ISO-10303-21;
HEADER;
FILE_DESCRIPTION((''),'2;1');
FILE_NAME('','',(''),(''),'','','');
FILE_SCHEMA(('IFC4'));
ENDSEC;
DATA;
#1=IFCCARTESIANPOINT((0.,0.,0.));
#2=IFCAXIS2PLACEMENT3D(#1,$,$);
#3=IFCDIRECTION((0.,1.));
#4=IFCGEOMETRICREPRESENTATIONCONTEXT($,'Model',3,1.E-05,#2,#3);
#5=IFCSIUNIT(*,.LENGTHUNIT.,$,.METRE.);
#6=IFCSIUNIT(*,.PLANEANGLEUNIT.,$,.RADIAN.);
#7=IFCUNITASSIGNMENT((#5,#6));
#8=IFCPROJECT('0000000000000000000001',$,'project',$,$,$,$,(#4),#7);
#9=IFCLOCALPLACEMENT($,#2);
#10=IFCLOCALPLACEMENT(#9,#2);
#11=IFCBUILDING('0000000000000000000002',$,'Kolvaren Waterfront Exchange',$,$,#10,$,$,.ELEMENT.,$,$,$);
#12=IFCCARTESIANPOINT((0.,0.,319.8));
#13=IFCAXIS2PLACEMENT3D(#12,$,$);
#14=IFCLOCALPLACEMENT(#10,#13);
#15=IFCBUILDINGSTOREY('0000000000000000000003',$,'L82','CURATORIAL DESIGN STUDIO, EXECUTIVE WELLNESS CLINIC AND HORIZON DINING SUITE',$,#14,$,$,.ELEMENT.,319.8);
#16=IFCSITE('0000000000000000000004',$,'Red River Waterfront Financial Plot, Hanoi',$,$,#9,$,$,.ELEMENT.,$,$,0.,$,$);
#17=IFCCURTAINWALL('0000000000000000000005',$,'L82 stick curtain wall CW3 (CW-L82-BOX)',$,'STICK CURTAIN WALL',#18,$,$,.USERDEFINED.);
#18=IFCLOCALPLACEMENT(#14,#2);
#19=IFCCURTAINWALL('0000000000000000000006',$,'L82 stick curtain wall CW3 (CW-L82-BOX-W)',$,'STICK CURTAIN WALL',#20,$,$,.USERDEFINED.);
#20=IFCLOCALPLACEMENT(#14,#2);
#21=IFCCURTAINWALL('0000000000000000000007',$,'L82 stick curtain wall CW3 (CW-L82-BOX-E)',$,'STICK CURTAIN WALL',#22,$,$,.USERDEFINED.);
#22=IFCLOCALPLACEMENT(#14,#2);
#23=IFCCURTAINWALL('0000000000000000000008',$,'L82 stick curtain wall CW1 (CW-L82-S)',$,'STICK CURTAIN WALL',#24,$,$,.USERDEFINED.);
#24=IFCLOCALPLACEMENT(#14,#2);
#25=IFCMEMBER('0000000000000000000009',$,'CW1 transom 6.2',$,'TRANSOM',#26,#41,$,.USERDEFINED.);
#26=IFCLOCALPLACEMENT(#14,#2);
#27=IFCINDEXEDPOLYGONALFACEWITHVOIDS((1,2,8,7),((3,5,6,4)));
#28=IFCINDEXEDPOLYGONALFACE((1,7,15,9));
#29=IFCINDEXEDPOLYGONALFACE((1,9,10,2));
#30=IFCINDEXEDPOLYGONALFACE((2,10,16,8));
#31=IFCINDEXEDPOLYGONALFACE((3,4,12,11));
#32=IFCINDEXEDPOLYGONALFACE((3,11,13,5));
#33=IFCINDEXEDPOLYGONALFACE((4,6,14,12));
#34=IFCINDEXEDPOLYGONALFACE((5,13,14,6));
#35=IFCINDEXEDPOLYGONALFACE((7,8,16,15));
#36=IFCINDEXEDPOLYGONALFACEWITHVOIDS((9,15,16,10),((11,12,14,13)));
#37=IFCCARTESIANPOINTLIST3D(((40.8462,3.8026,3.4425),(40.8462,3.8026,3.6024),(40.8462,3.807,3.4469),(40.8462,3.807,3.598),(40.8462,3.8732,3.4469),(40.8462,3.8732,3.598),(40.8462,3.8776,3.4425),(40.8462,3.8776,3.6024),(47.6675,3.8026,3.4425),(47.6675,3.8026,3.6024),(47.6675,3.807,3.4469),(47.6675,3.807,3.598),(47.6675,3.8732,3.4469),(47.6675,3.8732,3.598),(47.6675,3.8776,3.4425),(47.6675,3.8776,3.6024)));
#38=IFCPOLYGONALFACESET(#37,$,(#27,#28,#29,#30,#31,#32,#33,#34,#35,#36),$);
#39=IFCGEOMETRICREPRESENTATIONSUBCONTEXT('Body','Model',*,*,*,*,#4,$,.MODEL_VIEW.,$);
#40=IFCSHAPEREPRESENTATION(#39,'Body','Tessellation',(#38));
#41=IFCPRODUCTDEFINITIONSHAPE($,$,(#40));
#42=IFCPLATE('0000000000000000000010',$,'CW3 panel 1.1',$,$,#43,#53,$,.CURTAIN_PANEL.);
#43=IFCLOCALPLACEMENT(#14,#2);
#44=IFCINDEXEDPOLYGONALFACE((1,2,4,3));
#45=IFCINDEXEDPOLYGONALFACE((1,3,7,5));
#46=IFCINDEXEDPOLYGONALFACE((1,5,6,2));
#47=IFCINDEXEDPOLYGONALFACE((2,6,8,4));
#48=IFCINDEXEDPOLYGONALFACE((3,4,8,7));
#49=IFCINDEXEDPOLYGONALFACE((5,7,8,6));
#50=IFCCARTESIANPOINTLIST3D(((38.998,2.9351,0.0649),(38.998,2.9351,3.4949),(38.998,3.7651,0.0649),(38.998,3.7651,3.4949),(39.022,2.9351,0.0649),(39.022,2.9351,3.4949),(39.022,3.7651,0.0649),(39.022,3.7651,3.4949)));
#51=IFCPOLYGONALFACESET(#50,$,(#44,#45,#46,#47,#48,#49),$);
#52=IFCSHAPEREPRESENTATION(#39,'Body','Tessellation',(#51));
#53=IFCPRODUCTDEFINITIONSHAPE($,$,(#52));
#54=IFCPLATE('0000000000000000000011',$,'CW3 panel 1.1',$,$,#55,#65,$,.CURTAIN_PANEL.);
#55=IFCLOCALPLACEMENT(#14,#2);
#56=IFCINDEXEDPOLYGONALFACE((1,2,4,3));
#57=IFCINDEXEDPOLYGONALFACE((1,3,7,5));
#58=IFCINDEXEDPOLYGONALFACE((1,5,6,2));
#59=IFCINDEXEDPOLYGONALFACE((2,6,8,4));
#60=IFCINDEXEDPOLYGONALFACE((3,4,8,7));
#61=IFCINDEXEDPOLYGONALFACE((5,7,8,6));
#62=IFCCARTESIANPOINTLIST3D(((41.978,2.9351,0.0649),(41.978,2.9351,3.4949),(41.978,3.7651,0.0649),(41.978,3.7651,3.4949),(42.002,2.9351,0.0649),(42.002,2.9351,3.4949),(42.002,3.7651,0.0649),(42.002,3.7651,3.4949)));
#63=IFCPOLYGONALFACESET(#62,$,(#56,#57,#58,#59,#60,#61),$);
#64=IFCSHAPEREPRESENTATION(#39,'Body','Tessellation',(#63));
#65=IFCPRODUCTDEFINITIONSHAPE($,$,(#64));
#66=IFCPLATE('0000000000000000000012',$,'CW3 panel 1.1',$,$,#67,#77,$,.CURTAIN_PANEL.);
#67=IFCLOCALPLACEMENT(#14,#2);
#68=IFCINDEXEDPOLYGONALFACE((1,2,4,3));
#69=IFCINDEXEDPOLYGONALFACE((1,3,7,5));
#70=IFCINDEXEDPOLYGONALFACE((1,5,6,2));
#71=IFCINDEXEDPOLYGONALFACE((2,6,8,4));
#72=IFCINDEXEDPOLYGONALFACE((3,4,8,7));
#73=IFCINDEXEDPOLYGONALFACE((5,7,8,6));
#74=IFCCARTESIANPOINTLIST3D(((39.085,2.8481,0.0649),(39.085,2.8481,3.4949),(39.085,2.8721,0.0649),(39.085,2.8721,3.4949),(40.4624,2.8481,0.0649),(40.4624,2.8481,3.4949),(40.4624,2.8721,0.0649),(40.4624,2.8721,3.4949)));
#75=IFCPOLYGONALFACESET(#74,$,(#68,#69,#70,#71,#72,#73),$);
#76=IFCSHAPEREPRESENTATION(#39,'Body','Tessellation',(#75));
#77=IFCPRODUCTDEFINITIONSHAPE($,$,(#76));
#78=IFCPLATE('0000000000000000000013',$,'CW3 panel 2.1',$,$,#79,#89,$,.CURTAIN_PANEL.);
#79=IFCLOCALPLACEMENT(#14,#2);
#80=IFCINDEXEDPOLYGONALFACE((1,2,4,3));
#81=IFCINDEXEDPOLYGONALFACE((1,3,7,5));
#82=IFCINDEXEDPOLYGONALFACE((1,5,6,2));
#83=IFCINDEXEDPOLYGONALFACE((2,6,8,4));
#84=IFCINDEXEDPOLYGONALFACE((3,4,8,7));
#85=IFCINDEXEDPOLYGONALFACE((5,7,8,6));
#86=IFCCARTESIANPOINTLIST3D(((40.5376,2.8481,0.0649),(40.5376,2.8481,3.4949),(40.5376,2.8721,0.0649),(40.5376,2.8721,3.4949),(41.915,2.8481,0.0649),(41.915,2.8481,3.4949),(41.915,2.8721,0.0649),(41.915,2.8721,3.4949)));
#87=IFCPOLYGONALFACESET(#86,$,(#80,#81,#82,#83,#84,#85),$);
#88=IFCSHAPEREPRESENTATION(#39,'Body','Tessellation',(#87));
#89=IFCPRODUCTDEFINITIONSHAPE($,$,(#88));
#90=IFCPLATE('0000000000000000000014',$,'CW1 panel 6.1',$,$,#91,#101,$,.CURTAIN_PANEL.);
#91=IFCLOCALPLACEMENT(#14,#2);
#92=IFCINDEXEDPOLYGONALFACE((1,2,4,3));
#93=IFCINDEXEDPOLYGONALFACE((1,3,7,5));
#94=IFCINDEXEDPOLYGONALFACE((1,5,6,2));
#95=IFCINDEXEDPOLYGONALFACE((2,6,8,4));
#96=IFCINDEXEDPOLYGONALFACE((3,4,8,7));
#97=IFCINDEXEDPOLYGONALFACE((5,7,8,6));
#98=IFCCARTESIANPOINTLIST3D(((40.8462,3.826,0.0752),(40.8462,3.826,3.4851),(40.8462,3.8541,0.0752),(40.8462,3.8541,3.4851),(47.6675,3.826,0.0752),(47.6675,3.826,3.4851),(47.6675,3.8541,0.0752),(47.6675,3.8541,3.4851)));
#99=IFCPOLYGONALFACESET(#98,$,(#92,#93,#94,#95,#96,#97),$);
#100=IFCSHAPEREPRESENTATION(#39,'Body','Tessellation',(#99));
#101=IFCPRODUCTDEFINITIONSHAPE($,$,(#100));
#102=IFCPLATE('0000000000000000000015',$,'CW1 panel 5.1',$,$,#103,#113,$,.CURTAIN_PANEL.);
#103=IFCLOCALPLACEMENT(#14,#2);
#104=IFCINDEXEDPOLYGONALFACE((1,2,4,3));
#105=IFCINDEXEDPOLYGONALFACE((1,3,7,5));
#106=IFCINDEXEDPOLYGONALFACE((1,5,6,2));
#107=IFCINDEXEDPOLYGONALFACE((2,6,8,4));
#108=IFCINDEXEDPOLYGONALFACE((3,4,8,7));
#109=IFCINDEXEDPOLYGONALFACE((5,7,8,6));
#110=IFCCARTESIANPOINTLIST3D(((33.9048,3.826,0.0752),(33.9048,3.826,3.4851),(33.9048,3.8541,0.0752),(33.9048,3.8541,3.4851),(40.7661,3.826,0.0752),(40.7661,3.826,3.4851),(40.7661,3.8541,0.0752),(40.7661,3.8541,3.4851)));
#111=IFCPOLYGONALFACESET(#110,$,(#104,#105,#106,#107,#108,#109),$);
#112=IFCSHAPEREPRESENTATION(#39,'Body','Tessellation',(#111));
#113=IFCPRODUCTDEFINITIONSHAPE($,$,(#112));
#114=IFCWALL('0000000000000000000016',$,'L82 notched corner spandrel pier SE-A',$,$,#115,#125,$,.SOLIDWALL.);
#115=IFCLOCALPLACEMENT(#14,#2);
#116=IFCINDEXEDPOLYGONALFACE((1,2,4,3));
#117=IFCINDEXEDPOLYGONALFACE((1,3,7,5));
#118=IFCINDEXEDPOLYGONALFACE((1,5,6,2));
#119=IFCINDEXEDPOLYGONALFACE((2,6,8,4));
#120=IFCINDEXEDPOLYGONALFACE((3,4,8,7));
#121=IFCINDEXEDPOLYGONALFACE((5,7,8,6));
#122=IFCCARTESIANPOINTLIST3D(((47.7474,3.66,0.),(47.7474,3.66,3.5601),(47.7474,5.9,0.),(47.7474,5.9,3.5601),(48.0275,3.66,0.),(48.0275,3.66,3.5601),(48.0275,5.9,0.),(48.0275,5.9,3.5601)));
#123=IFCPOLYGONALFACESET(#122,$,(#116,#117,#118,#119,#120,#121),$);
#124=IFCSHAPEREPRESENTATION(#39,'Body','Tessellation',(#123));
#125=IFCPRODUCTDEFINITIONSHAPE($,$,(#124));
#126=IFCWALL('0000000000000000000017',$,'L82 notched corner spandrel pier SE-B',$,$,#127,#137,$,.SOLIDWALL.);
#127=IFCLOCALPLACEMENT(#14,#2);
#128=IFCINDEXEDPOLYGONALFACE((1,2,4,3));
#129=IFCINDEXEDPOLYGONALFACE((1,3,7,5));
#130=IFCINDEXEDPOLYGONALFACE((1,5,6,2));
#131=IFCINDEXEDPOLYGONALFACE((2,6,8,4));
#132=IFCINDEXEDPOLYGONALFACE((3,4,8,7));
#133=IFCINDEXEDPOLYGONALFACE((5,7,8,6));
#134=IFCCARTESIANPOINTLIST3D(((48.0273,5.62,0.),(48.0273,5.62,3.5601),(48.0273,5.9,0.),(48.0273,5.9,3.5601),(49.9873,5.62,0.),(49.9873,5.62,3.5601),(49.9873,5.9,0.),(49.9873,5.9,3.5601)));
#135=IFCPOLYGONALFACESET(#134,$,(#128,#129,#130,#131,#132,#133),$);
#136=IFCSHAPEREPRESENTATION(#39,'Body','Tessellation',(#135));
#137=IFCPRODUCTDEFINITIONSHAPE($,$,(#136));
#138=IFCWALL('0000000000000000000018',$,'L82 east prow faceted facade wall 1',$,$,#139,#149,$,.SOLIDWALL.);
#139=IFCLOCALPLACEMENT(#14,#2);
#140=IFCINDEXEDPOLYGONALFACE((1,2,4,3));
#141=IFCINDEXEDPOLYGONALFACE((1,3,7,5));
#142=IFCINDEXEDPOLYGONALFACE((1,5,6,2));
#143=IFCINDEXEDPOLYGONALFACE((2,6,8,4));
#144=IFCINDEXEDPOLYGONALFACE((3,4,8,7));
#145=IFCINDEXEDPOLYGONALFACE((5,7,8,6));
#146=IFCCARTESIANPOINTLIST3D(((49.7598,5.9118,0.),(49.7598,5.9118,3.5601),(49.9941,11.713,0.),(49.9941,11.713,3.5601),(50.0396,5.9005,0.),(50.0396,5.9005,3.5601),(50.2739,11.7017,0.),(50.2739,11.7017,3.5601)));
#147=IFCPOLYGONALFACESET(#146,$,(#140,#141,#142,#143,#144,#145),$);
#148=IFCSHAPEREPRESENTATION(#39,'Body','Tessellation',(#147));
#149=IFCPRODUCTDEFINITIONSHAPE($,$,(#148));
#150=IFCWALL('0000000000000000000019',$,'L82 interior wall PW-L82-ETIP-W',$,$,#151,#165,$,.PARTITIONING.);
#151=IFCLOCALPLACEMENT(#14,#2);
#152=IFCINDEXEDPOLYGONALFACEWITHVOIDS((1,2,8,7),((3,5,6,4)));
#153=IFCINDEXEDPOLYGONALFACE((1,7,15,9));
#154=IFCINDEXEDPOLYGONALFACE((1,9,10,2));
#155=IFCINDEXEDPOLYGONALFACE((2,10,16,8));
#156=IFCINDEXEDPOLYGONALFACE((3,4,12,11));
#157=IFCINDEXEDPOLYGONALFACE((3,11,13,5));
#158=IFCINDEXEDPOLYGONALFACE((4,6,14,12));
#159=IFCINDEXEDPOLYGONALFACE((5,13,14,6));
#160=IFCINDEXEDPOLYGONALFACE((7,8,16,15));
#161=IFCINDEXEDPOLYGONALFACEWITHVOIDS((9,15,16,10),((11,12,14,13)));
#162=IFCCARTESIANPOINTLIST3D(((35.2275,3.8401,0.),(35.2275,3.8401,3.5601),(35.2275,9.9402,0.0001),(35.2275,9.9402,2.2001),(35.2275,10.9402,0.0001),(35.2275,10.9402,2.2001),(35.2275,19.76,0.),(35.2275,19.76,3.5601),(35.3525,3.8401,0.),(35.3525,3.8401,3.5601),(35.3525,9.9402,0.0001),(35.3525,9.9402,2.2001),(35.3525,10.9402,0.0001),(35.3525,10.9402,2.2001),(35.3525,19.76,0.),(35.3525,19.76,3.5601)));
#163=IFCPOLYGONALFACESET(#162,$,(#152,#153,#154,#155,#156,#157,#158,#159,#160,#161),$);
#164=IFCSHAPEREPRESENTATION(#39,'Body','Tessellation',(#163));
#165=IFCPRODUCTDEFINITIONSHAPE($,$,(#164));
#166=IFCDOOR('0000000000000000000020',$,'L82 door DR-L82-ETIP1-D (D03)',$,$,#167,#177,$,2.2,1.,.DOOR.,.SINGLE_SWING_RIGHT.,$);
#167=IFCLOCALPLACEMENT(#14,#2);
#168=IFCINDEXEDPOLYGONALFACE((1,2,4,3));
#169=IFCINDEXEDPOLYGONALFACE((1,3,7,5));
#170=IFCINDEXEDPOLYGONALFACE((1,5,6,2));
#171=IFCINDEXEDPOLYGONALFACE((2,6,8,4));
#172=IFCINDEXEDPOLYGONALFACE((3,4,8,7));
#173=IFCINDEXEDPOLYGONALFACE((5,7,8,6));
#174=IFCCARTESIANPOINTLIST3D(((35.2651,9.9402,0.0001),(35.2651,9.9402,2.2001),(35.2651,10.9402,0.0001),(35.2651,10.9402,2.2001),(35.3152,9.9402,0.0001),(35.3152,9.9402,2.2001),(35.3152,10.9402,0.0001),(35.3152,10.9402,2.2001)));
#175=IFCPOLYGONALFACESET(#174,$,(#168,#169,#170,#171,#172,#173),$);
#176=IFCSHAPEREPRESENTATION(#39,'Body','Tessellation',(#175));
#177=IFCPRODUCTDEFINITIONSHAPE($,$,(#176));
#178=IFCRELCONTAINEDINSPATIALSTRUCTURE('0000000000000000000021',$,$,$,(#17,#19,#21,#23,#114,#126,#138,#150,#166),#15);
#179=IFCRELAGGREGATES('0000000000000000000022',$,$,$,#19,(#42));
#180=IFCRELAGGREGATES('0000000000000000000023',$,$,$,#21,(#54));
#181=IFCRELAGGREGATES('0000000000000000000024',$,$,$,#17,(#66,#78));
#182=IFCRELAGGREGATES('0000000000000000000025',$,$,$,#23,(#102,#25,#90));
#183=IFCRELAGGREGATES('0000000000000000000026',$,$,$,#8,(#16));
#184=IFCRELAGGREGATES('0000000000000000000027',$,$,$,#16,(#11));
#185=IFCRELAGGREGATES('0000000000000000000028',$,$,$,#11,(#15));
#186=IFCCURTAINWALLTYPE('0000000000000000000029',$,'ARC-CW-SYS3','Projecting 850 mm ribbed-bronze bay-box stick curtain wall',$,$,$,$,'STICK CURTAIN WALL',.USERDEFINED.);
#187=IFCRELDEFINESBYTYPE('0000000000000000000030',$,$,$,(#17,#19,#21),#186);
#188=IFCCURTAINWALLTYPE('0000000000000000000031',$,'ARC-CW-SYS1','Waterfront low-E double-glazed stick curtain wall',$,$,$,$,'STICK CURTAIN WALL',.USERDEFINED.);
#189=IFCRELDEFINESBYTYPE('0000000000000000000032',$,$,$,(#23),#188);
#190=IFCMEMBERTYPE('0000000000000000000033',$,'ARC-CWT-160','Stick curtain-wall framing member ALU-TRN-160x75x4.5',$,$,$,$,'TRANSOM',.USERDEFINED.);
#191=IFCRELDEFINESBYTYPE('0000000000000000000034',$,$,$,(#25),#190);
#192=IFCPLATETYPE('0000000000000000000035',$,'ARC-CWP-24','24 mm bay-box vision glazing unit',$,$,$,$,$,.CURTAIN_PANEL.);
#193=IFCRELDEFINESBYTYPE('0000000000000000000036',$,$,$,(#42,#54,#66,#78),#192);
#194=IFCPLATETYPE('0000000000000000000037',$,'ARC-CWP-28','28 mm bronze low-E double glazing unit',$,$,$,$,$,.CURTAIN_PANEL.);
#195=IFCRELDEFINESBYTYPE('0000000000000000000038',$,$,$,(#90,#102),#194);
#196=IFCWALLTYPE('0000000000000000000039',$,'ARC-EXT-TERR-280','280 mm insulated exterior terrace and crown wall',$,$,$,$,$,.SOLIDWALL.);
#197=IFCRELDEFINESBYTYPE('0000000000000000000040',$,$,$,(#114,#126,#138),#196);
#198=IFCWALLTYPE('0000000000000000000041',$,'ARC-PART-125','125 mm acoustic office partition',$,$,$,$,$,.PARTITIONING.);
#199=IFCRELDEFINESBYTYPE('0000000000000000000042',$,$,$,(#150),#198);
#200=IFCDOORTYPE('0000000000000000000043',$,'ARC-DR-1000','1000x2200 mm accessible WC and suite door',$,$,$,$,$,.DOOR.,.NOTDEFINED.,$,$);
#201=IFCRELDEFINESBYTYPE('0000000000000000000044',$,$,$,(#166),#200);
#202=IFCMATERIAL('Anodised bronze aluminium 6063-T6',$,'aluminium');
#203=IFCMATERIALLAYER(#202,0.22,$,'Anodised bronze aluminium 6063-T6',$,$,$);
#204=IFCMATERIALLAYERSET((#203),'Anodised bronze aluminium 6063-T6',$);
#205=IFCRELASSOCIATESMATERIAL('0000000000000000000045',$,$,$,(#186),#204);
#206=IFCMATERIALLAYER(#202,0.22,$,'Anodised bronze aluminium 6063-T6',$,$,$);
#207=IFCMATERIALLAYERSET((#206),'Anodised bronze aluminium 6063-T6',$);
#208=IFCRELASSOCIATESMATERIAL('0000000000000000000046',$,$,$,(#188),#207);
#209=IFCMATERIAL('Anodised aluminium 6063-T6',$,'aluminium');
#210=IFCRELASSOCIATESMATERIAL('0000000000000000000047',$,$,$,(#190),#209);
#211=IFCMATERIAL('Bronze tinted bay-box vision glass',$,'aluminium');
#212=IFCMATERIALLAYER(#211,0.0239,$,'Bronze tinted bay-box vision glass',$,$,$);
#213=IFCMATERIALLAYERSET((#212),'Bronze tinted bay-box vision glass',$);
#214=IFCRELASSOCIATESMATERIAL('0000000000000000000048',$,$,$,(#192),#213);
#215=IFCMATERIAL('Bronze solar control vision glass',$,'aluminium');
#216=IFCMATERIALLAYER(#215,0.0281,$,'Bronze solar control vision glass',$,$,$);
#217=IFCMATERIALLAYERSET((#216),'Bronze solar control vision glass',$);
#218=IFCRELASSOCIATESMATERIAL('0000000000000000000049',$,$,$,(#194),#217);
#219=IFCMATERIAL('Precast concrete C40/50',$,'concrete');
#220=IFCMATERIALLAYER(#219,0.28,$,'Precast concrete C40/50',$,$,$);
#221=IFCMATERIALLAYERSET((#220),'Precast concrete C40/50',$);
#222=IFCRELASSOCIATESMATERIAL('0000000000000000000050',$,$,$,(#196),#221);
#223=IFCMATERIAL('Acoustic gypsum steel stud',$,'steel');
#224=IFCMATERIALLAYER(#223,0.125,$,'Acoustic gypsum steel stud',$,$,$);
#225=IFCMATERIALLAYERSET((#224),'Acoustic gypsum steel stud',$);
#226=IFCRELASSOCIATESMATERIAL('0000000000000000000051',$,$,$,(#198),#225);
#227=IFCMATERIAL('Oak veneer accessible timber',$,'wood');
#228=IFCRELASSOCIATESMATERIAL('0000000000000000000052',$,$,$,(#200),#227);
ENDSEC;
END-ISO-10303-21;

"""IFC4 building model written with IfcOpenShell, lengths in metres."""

from ifc_helpers import new_model, si_unit, direction, frame, frame_2d, origin, origin_with_axes, origin_2d, place, context, subcontext, project, spatial, rectangle, hollow_rectangle, extrude, source, transform, mapped, material, layer, layer_set, material_profile, profile_set, type_object, element, fill, aggregate, save


model = new_model("IFC4")

# Units and contexts
model_context = context("Model", 3, precision=1e-05, world=origin(), true_north=direction((0.0, 1.0)))
body_context = subcontext(model_context, "Body", "Model", "MODEL_VIEW")
ifc_project = project(units=[si_unit("LENGTHUNIT", "METRE"), si_unit("PLANEANGLEUNIT", "RADIAN")], contexts=[model_context])

# Site, building, storey
site_placement = place(None, origin())
site = spatial("IfcSite", under=ifc_project, at=site_placement, Name="Red River Waterfront Financial Plot, Hanoi", CompositionType="ELEMENT", RefElevation=0.0)
building_placement = place(site_placement, origin())
building = spatial("IfcBuilding", under=site, at=building_placement, Name="Kolvaren Waterfront Exchange", CompositionType="ELEMENT")
storey_placement = place(building_placement, frame((0.0, 0.0, 319.8)))
storey = spatial("IfcBuildingStorey", under=building, at=storey_placement, Name="L82", Description="CURATORIAL DESIGN STUDIO, EXECUTIVE WELLNESS CLINIC AND HORIZON DINING SUITE", CompositionType="ELEMENT", Elevation=319.8)

# Curtain walls
ifc_material_1 = material(Name="Anodised bronze aluminium 6063-T6", Category="aluminium")
ifc_layer_1 = layer(ifc_material_1, 0.22, Name="Anodised bronze aluminium 6063-T6")
ifc_layer_set_1 = layer_set([ifc_layer_1], Name="Anodised bronze aluminium 6063-T6")
curtain_wall_type_1 = type_object("IfcCurtainWallType", Name="ARC-CW-SYS3", Description="Projecting 850 mm ribbed-bronze bay-box stick curtain wall", ElementType="STICK CURTAIN WALL", PredefinedType="USERDEFINED", material=ifc_layer_set_1)
curtain_wall_1_placement = place(storey_placement, origin())
curtain_wall_1 = element("IfcCurtainWall", 1, at=curtain_wall_1_placement, inside=storey, type_object=curtain_wall_type_1, Name="L82 stick curtain wall CW3 (CW-L82-BOX)", ObjectType="STICK CURTAIN WALL", PredefinedType="USERDEFINED")
curtain_wall_2_placement = place(storey_placement, origin())
curtain_wall_2 = element("IfcCurtainWall", 2, at=curtain_wall_2_placement, inside=storey, type_object=curtain_wall_type_1, Name="L82 stick curtain wall CW3 (CW-L82-BOX-W)", ObjectType="STICK CURTAIN WALL", PredefinedType="USERDEFINED")
curtain_wall_3_placement = place(storey_placement, origin())
curtain_wall_3 = element("IfcCurtainWall", 3, at=curtain_wall_3_placement, inside=storey, type_object=curtain_wall_type_1, Name="L82 stick curtain wall CW3 (CW-L82-BOX-E)", ObjectType="STICK CURTAIN WALL", PredefinedType="USERDEFINED")

# Curtain wall, member
ifc_layer_2 = layer(ifc_material_1, 0.22, Name="Anodised bronze aluminium 6063-T6")
ifc_layer_set_2 = layer_set([ifc_layer_2], Name="Anodised bronze aluminium 6063-T6")
curtain_wall_type_2 = type_object("IfcCurtainWallType", Name="ARC-CW-SYS1", Description="Waterfront low-E double-glazed stick curtain wall", ElementType="STICK CURTAIN WALL", PredefinedType="USERDEFINED", material=ifc_layer_set_2)
curtain_wall_4_placement = place(storey_placement, origin())
curtain_wall_4 = element("IfcCurtainWall", 4, at=curtain_wall_4_placement, inside=storey, type_object=curtain_wall_type_2, Name="L82 stick curtain wall CW1 (CW-L82-S)", ObjectType="STICK CURTAIN WALL", PredefinedType="USERDEFINED")
ifc_material_2 = material(Name="Anodised aluminium 6063-T6", Category="aluminium")
ifc_material_profile_1 = material_profile(ifc_material_2, hollow_rectangle(XDim=0.075, YDim=0.1599, WallThickness=0.0044, at=origin_2d()), Name="ALU-TRN-160x75x4.5")
ifc_profile_set_1 = profile_set([ifc_material_profile_1], Name="Anodised aluminium 6063-T6")
member_type_1 = type_object("IfcMemberType", Name="ARC-CWT-160", Description="Stick curtain-wall framing member ALU-TRN-160x75x4.5", ElementType="TRANSOM", PredefinedType="USERDEFINED", material=ifc_profile_set_1)
shared_shape_1 = source(origin_with_axes(), body_context, "Body", "SweptSolid", [
    extrude(hollow_rectangle(XDim=0.075, YDim=0.1599, WallThickness=0.0044, at=origin_2d()), origin(), (0.0, 0.0, 1.0), 6.8213),
])
member_1_placement = place(storey_placement, frame((40.8462, 3.8401, 3.5225), z_axis=(1.0, 0.0, 0.0), x_axis=(0.0, 1.0, 0.0)))
member_1 = element("IfcMember", 5, at=member_1_placement, type_object=member_type_1, Name="CW1 transom 6.2", ObjectType="TRANSOM", PredefinedType="USERDEFINED", context=body_context, shape_type="MappedRepresentation", body=[
    mapped(shared_shape_1, transform((0.0, 0.0, 0.0), x_axis=(1.0, 0.0, 0.0), y_axis=(0.0, 1.0, 0.0), z_axis=(0.0, 0.0, 1.0), scale=1.0)),
])

# Plates
ifc_material_3 = material(Name="Bronze tinted bay-box vision glass", Category="aluminium")
ifc_layer_3 = layer(ifc_material_3, 0.0239, Name="Bronze tinted bay-box vision glass")
ifc_layer_set_3 = layer_set([ifc_layer_3], Name="Bronze tinted bay-box vision glass")
plate_type_1 = type_object("IfcPlateType", Name="ARC-CWP-24", Description="24 mm bay-box vision glazing unit", PredefinedType="CURTAIN_PANEL", material=ifc_layer_set_3)
shared_shape_2 = source(origin_with_axes(), body_context, "Body", "SweptSolid", [
    extrude(rectangle(XDim=0.8301, YDim=0.0239, at=origin_2d()), origin(), (0.0, 0.0, 1.0), 3.4299),
])
plate_1_placement = place(storey_placement, frame((39.01, 3.3501, 0.0649), z_axis=(0.0, 0.0, 1.0), x_axis=(0.0, -1.0, 0.0)))
plate_1 = element("IfcPlate", 6, at=plate_1_placement, type_object=plate_type_1, Name="CW3 panel 1.1", PredefinedType="CURTAIN_PANEL", context=body_context, shape_type="MappedRepresentation", body=[
    mapped(shared_shape_2, transform((0.0, 0.0, 0.0), x_axis=(1.0, 0.0, 0.0), y_axis=(0.0, 1.0, 0.0), z_axis=(0.0, 0.0, 1.0), scale=1.0)),
])
aggregate(curtain_wall_2, [plate_1])
plate_2_placement = place(storey_placement, frame((41.99, 3.3501, 0.0649), z_axis=(0.0, 0.0, 1.0), x_axis=(0.0, 1.0, 0.0)))
plate_2 = element("IfcPlate", 7, at=plate_2_placement, type_object=plate_type_1, Name="CW3 panel 1.1", PredefinedType="CURTAIN_PANEL", context=body_context, shape_type="MappedRepresentation", body=[
    mapped(shared_shape_2, transform((0.0, 0.0, 0.0), x_axis=(1.0, 0.0, 0.0), y_axis=(0.0, 1.0, 0.0), z_axis=(0.0, 0.0, 1.0), scale=1.0)),
])
aggregate(curtain_wall_3, [plate_2])
shared_shape_3 = source(origin_with_axes(), body_context, "Body", "SweptSolid", [
    extrude(rectangle(XDim=1.3774, YDim=0.0239, at=origin_2d()), origin(), (0.0, 0.0, 1.0), 3.4299),
])
plate_3_placement = place(storey_placement, frame((39.7737, 2.8601, 0.0649), z_axis=(0.0, 0.0, 1.0), x_axis=(1.0, 0.0, 0.0)))
plate_3 = element("IfcPlate", 8, at=plate_3_placement, type_object=plate_type_1, Name="CW3 panel 1.1", PredefinedType="CURTAIN_PANEL", context=body_context, shape_type="MappedRepresentation", body=[
    mapped(shared_shape_3, transform((0.0, 0.0, 0.0), x_axis=(1.0, 0.0, 0.0), y_axis=(0.0, 1.0, 0.0), z_axis=(0.0, 0.0, 1.0), scale=1.0)),
])
plate_4_placement = place(storey_placement, frame((41.2263, 2.8601, 0.0649), z_axis=(0.0, 0.0, 1.0), x_axis=(1.0, 0.0, 0.0)))
plate_4 = element("IfcPlate", 9, at=plate_4_placement, type_object=plate_type_1, Name="CW3 panel 2.1", PredefinedType="CURTAIN_PANEL", context=body_context, shape_type="MappedRepresentation", body=[
    mapped(shared_shape_3, transform((0.0, 0.0, 0.0), x_axis=(1.0, 0.0, 0.0), y_axis=(0.0, 1.0, 0.0), z_axis=(0.0, 0.0, 1.0), scale=1.0)),
])
aggregate(curtain_wall_1, [plate_3, plate_4])
ifc_material_4 = material(Name="Bronze solar control vision glass", Category="aluminium")
ifc_layer_4 = layer(ifc_material_4, 0.0281, Name="Bronze solar control vision glass")
ifc_layer_set_4 = layer_set([ifc_layer_4], Name="Bronze solar control vision glass")
plate_type_2 = type_object("IfcPlateType", Name="ARC-CWP-28", Description="28 mm bronze low-E double glazing unit", PredefinedType="CURTAIN_PANEL", material=ifc_layer_set_4)
shared_shape_4 = source(origin_with_axes(), body_context, "Body", "SweptSolid", [
    extrude(rectangle(XDim=6.8213, YDim=0.0281, at=origin_2d()), origin(), (0.0, 0.0, 1.0), 3.4099),
])
plate_5_placement = place(storey_placement, frame((44.2568, 3.8401, 0.0752), z_axis=(0.0, 0.0, 1.0), x_axis=(1.0, 0.0, 0.0)))
plate_5 = element("IfcPlate", 10, at=plate_5_placement, type_object=plate_type_2, Name="CW1 panel 6.1", PredefinedType="CURTAIN_PANEL", context=body_context, shape_type="MappedRepresentation", body=[
    mapped(shared_shape_4, transform((0.0, 0.0, 0.0), x_axis=(1.0, 0.0, 0.0), y_axis=(0.0, 1.0, 0.0), z_axis=(0.0, 0.0, 1.0), scale=1.0)),
])
shared_shape_5 = source(origin_with_axes(), body_context, "Body", "SweptSolid", [
    extrude(rectangle(XDim=6.8613, YDim=0.0281, at=origin_2d()), origin(), (0.0, 0.0, 1.0), 3.4099),
])
plate_6_placement = place(storey_placement, frame((37.3354, 3.8401, 0.0752), z_axis=(0.0, 0.0, 1.0), x_axis=(1.0, 0.0, 0.0)))
plate_6 = element("IfcPlate", 11, at=plate_6_placement, type_object=plate_type_2, Name="CW1 panel 5.1", PredefinedType="CURTAIN_PANEL", context=body_context, shape_type="MappedRepresentation", body=[
    mapped(shared_shape_5, transform((0.0, 0.0, 0.0), x_axis=(1.0, 0.0, 0.0), y_axis=(0.0, 1.0, 0.0), z_axis=(0.0, 0.0, 1.0), scale=1.0)),
])
aggregate(curtain_wall_4, [plate_6, member_1, plate_5])

# Walls
ifc_material_5 = material(Name="Precast concrete C40/50", Category="concrete")
ifc_layer_5 = layer(ifc_material_5, 0.28, Name="Precast concrete C40/50")
ifc_layer_set_5 = layer_set([ifc_layer_5], Name="Precast concrete C40/50")
wall_type_1 = type_object("IfcWallType", Name="ARC-EXT-TERR-280", Description="280 mm insulated exterior terrace and crown wall", PredefinedType="SOLIDWALL", material=ifc_layer_set_5)
wall_1_placement = place(storey_placement, frame((47.8875, 3.6599, 0.0), z_axis=(0.0, 0.0, 1.0), x_axis=(0.0, 1.0, 0.0)))
element("IfcWall", 12, at=wall_1_placement, inside=storey, type_object=wall_type_1, Name="L82 notched corner spandrel pier SE-A", PredefinedType="SOLIDWALL", context=body_context, shape_type="SweptSolid", body=[
    extrude(rectangle(XDim=2.24, YDim=0.28, at=frame_2d((1.1201, 0.0))), origin(), (0.0, 0.0, 1.0), 3.5601),
])
wall_2_placement = place(storey_placement, frame((48.0273, 5.76, 0.0), z_axis=(0.0, 0.0, 1.0), x_axis=(1.0, 0.0, 0.0)))
element("IfcWall", 13, at=wall_2_placement, inside=storey, type_object=wall_type_1, Name="L82 notched corner spandrel pier SE-B", PredefinedType="SOLIDWALL", context=body_context, shape_type="SweptSolid", body=[
    extrude(rectangle(XDim=1.96, YDim=0.28, at=frame_2d((0.98, 0.0))), origin(), (0.0, 0.0, 1.0), 3.5601),
])
wall_3_placement = place(storey_placement, frame((49.8997, 5.9062, 0.0), z_axis=(0.0, 0.0, 1.0), x_axis=(0.040368, 0.999185, 0.0)))
element("IfcWall", 14, at=wall_3_placement, inside=storey, type_object=wall_type_1, Name="L82 east prow faceted facade wall 1", PredefinedType="SOLIDWALL", context=body_context, shape_type="SweptSolid", body=[
    extrude(rectangle(XDim=5.8059, YDim=0.28, at=frame_2d((2.9028, 0.0))), origin(), (0.0, 0.0, 1.0), 3.5601),
])

# Wall, opening, door
ifc_material_6 = material(Name="Acoustic gypsum steel stud", Category="steel")
ifc_layer_6 = layer(ifc_material_6, 0.125, Name="Acoustic gypsum steel stud")
ifc_layer_set_6 = layer_set([ifc_layer_6], Name="Acoustic gypsum steel stud")
wall_type_2 = type_object("IfcWallType", Name="ARC-PART-125", Description="125 mm acoustic office partition", PredefinedType="PARTITIONING", material=ifc_layer_set_6)
wall_4_placement = place(storey_placement, frame((35.29, 3.8401, 0.0), z_axis=(0.0, 0.0, 1.0), x_axis=(0.0, 1.0, 0.0)))
wall_4 = element("IfcWall", 15, at=wall_4_placement, inside=storey, type_object=wall_type_2, Name="L82 interior wall PW-L82-ETIP-W", PredefinedType="PARTITIONING", context=body_context, shape_type="SweptSolid", body=[
    extrude(rectangle(XDim=15.9199, YDim=0.125, at=frame_2d((7.96, 0.0))), origin(), (0.0, 0.0, 1.0), 3.5601),
])
opening_placement = place(wall_4_placement, frame((6.1001, 0.0, 0.0)))
opening = element("IfcOpeningElement", 16, at=opening_placement, cuts=wall_4, PredefinedType="OPENING", context=body_context, shape_type="SweptSolid", body=[
    extrude(rectangle(XDim=1.0, YDim=2.2, at=frame_2d((0.5, 1.1001))), frame((0.0, 0.0725, 0.0), z_axis=(0.0, -1.0, 0.0), x_axis=(1.0, 0.0, 0.0)), (0.0, 0.0, 1.0), 0.145),
])
ifc_material_7 = material(Name="Oak veneer accessible timber", Category="wood")
door_type = type_object("IfcDoorType", Name="ARC-DR-1000", Description="1000x2200 mm accessible WC and suite door", OperationType="NOTDEFINED", PredefinedType="DOOR", material=ifc_material_7)
door_placement = place(opening_placement, origin())
door = element("IfcDoor", 17, at=door_placement, inside=storey, type_object=door_type, Name="L82 door DR-L82-ETIP1-D (D03)", OperationType="SINGLE_SWING_RIGHT", OverallHeight=2.2, OverallWidth=1.0, PredefinedType="DOOR", context=body_context, shape_type="SweptSolid", body=[
    extrude(rectangle(XDim=1.0, YDim=2.2, at=frame_2d((0.5, 1.1001))), frame((0.0, 0.0249, 0.0), z_axis=(0.0, -1.0, 0.0), x_axis=(1.0, 0.0, 0.0)), (0.0, 0.0, 1.0), 0.05),
])
fill(opening, door)

save(model, "model.ifc")
